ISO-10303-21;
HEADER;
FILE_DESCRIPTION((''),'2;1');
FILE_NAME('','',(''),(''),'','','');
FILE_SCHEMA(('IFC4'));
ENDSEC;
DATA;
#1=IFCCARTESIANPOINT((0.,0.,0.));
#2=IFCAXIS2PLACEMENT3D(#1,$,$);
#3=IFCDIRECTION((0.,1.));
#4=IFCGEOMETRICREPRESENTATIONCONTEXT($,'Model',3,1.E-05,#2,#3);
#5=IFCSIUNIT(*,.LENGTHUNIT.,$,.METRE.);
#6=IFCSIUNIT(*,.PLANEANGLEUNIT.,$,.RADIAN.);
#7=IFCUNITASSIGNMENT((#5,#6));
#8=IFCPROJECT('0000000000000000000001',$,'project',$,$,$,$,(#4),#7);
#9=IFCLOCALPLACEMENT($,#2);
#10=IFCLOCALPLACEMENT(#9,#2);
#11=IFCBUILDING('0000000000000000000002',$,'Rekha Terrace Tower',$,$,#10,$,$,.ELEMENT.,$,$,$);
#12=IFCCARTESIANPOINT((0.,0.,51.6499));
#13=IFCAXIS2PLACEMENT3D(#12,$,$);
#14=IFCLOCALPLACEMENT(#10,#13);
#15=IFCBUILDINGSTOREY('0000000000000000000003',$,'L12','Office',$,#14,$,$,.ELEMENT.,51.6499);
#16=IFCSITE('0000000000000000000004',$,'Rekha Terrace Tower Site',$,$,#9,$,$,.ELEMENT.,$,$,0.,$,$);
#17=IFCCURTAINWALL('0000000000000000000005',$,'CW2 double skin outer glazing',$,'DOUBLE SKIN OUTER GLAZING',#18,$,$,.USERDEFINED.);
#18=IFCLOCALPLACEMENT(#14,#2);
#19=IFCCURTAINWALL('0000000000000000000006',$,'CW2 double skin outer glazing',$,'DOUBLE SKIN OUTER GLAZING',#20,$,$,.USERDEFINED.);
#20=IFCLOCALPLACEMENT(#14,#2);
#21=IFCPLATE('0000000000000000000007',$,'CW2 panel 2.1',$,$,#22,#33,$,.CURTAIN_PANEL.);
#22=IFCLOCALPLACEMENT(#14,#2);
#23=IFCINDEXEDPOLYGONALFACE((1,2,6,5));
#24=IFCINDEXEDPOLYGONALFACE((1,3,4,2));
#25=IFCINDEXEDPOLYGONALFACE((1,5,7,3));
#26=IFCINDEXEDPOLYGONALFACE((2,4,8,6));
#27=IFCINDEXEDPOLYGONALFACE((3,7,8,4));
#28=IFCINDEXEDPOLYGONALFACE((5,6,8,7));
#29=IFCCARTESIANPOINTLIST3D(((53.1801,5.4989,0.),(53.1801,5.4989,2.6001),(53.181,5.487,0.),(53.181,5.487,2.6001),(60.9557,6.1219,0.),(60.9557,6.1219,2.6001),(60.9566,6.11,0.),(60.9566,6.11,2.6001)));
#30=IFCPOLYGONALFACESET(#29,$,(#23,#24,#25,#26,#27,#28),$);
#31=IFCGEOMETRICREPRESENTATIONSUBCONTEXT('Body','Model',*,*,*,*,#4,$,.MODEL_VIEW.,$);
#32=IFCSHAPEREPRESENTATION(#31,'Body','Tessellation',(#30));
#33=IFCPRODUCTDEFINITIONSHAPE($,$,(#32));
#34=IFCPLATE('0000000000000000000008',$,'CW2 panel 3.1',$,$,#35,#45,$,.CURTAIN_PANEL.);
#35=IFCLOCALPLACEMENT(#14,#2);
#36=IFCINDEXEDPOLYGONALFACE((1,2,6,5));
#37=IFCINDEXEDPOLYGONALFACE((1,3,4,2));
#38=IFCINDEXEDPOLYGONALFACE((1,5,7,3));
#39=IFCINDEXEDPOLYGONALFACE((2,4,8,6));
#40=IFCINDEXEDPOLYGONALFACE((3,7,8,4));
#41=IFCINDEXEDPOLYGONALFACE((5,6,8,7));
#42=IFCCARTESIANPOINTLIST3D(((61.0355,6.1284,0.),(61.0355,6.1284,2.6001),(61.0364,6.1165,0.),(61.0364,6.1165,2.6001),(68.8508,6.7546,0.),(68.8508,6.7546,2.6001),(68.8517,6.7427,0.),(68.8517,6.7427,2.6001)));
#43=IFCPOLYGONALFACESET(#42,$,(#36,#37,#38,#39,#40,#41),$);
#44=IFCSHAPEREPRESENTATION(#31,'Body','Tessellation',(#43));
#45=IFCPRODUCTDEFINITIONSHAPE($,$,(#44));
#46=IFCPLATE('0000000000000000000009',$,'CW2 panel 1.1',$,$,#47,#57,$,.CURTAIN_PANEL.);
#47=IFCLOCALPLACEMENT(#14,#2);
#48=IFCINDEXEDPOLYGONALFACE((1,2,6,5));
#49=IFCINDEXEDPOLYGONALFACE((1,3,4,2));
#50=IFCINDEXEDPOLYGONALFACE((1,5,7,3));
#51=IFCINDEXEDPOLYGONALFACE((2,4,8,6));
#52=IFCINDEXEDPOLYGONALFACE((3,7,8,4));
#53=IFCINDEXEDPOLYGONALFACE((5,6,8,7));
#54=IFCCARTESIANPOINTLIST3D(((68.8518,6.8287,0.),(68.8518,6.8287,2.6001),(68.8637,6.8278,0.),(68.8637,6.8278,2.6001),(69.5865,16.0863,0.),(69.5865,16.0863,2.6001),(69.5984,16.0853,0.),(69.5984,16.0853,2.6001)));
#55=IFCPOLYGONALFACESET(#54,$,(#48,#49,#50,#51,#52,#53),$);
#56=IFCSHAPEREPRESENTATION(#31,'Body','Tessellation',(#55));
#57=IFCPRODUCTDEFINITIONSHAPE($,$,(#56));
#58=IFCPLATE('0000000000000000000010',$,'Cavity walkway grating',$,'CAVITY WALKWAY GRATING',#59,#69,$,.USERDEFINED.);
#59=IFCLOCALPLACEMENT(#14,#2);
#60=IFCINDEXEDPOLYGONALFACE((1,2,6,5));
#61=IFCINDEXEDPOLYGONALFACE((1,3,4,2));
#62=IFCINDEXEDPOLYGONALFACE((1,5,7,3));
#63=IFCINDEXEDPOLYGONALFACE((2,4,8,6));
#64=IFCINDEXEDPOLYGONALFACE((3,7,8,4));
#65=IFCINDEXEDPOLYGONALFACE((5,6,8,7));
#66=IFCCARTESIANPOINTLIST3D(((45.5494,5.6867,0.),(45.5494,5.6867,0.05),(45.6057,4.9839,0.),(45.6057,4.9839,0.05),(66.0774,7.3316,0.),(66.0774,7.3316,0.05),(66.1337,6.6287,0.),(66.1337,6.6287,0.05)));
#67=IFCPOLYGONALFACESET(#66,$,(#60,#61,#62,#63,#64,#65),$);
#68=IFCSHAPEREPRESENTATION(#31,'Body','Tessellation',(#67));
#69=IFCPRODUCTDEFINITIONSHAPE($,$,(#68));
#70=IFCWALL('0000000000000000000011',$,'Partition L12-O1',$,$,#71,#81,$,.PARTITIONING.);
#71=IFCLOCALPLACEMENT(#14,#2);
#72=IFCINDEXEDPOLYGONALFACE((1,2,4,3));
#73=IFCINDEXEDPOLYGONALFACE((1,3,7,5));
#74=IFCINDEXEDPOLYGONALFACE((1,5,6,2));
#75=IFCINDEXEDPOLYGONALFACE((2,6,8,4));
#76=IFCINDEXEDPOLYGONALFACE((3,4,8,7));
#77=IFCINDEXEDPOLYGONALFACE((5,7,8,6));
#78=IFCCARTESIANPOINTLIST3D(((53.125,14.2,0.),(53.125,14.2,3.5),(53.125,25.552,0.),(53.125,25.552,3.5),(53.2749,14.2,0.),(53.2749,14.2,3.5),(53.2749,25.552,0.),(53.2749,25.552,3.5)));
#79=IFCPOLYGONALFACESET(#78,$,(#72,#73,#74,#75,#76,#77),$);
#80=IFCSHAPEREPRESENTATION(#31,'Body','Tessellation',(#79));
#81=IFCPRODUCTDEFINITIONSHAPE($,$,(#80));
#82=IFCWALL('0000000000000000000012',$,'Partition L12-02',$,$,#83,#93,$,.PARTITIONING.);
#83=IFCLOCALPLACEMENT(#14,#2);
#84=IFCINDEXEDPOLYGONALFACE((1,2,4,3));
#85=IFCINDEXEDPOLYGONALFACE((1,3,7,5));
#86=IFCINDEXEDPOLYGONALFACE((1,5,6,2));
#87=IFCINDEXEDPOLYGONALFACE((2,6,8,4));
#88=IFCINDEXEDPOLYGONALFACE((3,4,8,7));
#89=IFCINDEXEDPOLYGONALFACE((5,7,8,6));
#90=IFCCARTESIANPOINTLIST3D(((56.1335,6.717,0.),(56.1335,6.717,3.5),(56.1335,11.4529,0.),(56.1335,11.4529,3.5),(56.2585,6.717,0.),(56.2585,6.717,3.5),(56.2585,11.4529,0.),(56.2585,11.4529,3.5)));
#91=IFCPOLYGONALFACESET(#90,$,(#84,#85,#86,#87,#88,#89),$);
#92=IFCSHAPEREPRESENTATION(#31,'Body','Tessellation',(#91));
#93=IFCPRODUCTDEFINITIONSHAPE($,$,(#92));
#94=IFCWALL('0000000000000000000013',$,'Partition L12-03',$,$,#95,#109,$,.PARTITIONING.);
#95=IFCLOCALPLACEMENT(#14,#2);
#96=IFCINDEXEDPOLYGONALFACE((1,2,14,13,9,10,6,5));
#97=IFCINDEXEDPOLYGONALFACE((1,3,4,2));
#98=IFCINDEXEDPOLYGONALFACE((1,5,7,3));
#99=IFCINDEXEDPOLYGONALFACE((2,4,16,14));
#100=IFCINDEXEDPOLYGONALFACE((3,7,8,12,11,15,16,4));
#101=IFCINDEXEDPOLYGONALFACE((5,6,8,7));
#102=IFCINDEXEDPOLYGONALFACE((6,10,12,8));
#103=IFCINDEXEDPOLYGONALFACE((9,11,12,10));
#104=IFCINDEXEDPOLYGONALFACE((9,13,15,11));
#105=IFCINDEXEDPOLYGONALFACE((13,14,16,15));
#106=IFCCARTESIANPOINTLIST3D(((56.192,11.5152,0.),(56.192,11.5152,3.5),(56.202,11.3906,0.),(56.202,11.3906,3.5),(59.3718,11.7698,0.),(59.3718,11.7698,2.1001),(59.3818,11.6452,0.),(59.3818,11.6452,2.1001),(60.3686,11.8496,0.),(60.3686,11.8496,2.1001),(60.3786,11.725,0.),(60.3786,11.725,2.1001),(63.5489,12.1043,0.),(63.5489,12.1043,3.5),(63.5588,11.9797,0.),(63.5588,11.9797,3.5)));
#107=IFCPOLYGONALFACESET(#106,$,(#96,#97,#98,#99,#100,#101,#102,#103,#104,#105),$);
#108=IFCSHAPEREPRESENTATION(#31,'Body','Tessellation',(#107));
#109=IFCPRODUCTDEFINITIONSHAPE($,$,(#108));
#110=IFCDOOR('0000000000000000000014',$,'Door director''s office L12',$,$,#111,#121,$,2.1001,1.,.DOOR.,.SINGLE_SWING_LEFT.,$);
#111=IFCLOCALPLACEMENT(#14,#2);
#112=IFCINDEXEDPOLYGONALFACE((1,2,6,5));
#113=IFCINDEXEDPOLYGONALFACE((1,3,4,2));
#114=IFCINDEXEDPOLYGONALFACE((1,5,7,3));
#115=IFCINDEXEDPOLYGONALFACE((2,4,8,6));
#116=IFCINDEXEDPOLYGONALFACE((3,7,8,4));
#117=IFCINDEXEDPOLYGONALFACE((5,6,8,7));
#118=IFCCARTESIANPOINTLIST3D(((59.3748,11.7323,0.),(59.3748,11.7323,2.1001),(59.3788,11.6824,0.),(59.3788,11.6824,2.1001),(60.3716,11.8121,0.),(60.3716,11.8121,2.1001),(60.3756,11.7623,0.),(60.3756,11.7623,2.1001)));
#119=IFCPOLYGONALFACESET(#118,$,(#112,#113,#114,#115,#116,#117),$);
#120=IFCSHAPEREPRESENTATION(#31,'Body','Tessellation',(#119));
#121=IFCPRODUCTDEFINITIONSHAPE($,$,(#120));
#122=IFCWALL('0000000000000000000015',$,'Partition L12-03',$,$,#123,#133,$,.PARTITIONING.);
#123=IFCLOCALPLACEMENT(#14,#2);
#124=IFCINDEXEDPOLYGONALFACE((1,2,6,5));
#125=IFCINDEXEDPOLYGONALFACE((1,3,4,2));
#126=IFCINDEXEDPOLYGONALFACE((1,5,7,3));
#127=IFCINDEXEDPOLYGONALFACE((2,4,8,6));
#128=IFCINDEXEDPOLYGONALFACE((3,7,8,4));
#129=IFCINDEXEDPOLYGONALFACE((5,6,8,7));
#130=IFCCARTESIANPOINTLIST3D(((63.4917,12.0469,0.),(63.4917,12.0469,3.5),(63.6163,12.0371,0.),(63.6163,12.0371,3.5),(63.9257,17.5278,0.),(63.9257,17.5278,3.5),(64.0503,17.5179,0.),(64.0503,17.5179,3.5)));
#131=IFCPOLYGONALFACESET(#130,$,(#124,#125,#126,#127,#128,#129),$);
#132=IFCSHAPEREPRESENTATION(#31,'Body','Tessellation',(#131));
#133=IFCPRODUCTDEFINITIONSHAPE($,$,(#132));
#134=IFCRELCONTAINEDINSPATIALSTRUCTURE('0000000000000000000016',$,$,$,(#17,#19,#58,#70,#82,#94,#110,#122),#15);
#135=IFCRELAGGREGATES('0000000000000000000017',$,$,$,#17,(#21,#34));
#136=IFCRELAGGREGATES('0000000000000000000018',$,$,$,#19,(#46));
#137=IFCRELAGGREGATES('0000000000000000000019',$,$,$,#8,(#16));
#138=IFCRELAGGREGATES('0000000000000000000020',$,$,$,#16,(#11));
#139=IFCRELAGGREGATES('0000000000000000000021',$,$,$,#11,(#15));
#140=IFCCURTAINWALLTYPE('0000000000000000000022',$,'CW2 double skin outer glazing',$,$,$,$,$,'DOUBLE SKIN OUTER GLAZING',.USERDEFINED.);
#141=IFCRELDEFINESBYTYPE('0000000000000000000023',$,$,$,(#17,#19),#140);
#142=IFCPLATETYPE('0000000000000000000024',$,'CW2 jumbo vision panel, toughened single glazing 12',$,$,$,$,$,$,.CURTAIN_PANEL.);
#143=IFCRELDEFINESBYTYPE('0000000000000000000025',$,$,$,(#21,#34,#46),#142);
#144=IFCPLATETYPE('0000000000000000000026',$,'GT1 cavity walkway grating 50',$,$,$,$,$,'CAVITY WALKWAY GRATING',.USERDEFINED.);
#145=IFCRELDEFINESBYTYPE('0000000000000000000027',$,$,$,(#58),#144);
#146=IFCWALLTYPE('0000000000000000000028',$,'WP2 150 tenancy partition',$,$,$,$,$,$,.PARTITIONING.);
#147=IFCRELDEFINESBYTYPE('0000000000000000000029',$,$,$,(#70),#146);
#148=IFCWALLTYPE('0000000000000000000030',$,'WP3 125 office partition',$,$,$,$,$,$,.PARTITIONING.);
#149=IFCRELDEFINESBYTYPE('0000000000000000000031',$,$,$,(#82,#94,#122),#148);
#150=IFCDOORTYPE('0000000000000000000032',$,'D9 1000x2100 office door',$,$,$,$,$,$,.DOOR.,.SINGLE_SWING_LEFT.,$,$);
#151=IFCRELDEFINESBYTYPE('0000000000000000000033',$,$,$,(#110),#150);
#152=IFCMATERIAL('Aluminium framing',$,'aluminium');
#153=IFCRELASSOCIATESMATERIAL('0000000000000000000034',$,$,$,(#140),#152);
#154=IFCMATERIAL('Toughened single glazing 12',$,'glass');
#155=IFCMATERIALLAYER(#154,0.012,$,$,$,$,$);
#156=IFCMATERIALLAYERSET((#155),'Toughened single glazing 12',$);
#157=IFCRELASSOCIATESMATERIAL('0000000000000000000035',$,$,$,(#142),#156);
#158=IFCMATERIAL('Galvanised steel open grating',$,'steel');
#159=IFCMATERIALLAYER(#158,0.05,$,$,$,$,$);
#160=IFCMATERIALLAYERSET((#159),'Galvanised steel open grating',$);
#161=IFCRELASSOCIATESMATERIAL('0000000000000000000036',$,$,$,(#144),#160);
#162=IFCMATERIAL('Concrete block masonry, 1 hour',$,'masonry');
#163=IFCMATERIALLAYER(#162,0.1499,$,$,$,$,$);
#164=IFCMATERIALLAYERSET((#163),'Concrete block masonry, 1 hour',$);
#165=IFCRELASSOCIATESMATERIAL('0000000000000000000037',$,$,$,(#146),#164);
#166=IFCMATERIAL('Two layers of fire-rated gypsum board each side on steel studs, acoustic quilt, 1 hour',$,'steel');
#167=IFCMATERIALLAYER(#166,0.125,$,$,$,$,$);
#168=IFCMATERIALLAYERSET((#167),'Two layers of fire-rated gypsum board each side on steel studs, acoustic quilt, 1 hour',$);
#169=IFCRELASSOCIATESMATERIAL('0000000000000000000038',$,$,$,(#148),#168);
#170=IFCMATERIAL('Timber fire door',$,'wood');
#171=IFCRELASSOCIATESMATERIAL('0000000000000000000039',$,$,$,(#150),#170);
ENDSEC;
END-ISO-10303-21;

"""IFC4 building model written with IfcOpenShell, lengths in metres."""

from ifc_helpers import new_model, si_unit, direction, frame, frame_2d, origin, origin_2d, place, context, subcontext, project, spatial, rectangle, extrude, material, layer, layer_set, type_object, element, fill, aggregate, save


model = new_model("IFC4")

# Units and contexts
model_context = context("Model", 3, precision=1e-05, world=origin(), true_north=direction((0.0, 1.0)))
body_context = subcontext(model_context, "Body", "Model", "MODEL_VIEW")
ifc_project = project(units=[si_unit("LENGTHUNIT", "METRE"), si_unit("PLANEANGLEUNIT", "RADIAN")], contexts=[model_context])

# Site, building, storey
site_placement = place(None, origin())
site = spatial("IfcSite", under=ifc_project, at=site_placement, Name="Rekha Terrace Tower Site", CompositionType="ELEMENT", RefElevation=0.0)
building_placement = place(site_placement, origin())
building = spatial("IfcBuilding", under=site, at=building_placement, Name="Rekha Terrace Tower", CompositionType="ELEMENT")
storey_placement = place(building_placement, frame((0.0, 0.0, 51.6499)))
storey = spatial("IfcBuildingStorey", under=building, at=storey_placement, Name="L12", Description="Office", CompositionType="ELEMENT", Elevation=51.6499)

# Curtain wall
ifc_material_1 = material(Name="Aluminium framing", Category="aluminium")
curtain_wall_type_1 = type_object("IfcCurtainWallType", Name="CW2 double skin outer glazing", ElementType="DOUBLE SKIN OUTER GLAZING", PredefinedType="USERDEFINED", material=ifc_material_1)
curtain_wall_1_placement = place(storey_placement, origin())
curtain_wall_1 = element("IfcCurtainWall", 1, at=curtain_wall_1_placement, inside=storey, type_object=curtain_wall_type_1, Name="CW2 double skin outer glazing", ObjectType="DOUBLE SKIN OUTER GLAZING", PredefinedType="USERDEFINED")

# Curtain wall
curtain_wall_2_placement = place(storey_placement, origin())
curtain_wall_2 = element("IfcCurtainWall", 2, at=curtain_wall_2_placement, inside=storey, type_object=curtain_wall_type_1, Name="CW2 double skin outer glazing", ObjectType="DOUBLE SKIN OUTER GLAZING", PredefinedType="USERDEFINED")

# Plates
ifc_material_2 = material(Name="Toughened single glazing 12", Category="glass")
ifc_layer_1 = layer(ifc_material_2, 0.012)
ifc_layer_set_1 = layer_set([ifc_layer_1], Name="Toughened single glazing 12")
plate_type_1 = type_object("IfcPlateType", Name="CW2 jumbo vision panel, toughened single glazing 12", PredefinedType="CURTAIN_PANEL", material=ifc_layer_set_1)
plate_1_placement = place(storey_placement, frame((57.0684, 5.8044, 0.0), z_axis=(0.0, 0.0, 1.0), x_axis=(0.996805, 0.079872, 0.0)))
plate_1 = element("IfcPlate", 3, at=plate_1_placement, type_object=plate_type_1, Name="CW2 panel 2.1", PredefinedType="CURTAIN_PANEL", context=body_context, shape_type="SweptSolid", body=[
    extrude(rectangle(XDim=7.8005, YDim=0.012, at=origin_2d()), origin(), (0.0, 0.0, 1.0), 2.6001),
])
plate_2_placement = place(storey_placement, frame((64.9436, 6.4355, 0.0), z_axis=(0.0, 0.0, 1.0), x_axis=(0.996805, 0.079872, 0.0)))
plate_2 = element("IfcPlate", 4, at=plate_2_placement, type_object=plate_type_1, Name="CW2 panel 3.1", PredefinedType="CURTAIN_PANEL", context=body_context, shape_type="SweptSolid", body=[
    extrude(rectangle(XDim=7.8403, YDim=0.012, at=origin_2d()), origin(), (0.0, 0.0, 1.0), 2.6001),
])
aggregate(curtain_wall_1, [plate_1, plate_2])
plate_3_placement = place(storey_placement, frame((69.2251, 11.457, 0.0), z_axis=(0.0, 0.0, 1.0), x_axis=(0.079116, 0.996865, 0.0)))
plate_3 = element("IfcPlate", 5, at=plate_3_placement, type_object=plate_type_1, Name="CW2 panel 1.1", PredefinedType="CURTAIN_PANEL", context=body_context, shape_type="SweptSolid", body=[
    extrude(rectangle(XDim=9.2866, YDim=0.012, at=origin_2d()), origin(), (0.0, 0.0, 1.0), 2.6001),
])
aggregate(curtain_wall_2, [plate_3])
ifc_material_3 = material(Name="Galvanised steel open grating", Category="steel")
ifc_layer_2 = layer(ifc_material_3, 0.05)
ifc_layer_set_2 = layer_set([ifc_layer_2], Name="Galvanised steel open grating")
plate_type_2 = type_object("IfcPlateType", Name="GT1 cavity walkway grating 50", ElementType="CAVITY WALKWAY GRATING", PredefinedType="USERDEFINED", material=ifc_layer_set_2)
plate_4_placement = place(storey_placement, frame((55.8416, 6.1577, 0.0), z_axis=(0.0, 0.0, 1.0), x_axis=(0.996805, 0.079872, 0.0)))
element("IfcPlate", 6, at=plate_4_placement, inside=storey, type_object=plate_type_2, Name="Cavity walkway grating", ObjectType="CAVITY WALKWAY GRATING", PredefinedType="USERDEFINED", context=body_context, shape_type="SweptSolid", body=[
    extrude(rectangle(XDim=20.5938, YDim=0.7051, at=origin_2d()), origin(), (0.0, 0.0, 1.0), 0.05),
])

# Walls
ifc_material_4 = material(Name="Concrete block masonry, 1 hour", Category="masonry")
ifc_layer_3 = layer(ifc_material_4, 0.1499)
ifc_layer_set_3 = layer_set([ifc_layer_3], Name="Concrete block masonry, 1 hour")
wall_type_1 = type_object("IfcWallType", Name="WP2 150 tenancy partition", PredefinedType="PARTITIONING", material=ifc_layer_set_3)
wall_1_placement = place(storey_placement, frame((53.2, 14.2, 0.0), z_axis=(0.0, 0.0, 1.0), x_axis=(0.0, 1.0, 0.0)))
element("IfcWall", 7, at=wall_1_placement, inside=storey, type_object=wall_type_1, Name="Partition L12-O1", PredefinedType="PARTITIONING", context=body_context, shape_type="SweptSolid", body=[
    extrude(rectangle(XDim=11.3521, YDim=0.1499, at=frame_2d((5.676, 0.0))), origin(), (0.0, 0.0, 1.0), 3.5),
])
ifc_material_5 = material(Name="Two layers of fire-rated gypsum board each side on steel studs, acoustic quilt, 1 hour", Category="steel")
ifc_layer_4 = layer(ifc_material_5, 0.125)
ifc_layer_set_4 = layer_set([ifc_layer_4], Name="Two layers of fire-rated gypsum board each side on steel studs, acoustic quilt, 1 hour")
wall_type_2 = type_object("IfcWallType", Name="WP3 125 office partition", PredefinedType="PARTITIONING", material=ifc_layer_set_4)
wall_2_placement = place(storey_placement, frame((56.196, 11.4529, 0.0), z_axis=(0.0, 0.0, 1.0), x_axis=(0.0, -1.0, 0.0)))
element("IfcWall", 8, at=wall_2_placement, inside=storey, type_object=wall_type_2, Name="Partition L12-02", PredefinedType="PARTITIONING", context=body_context, shape_type="SweptSolid", body=[
    extrude(rectangle(XDim=4.7358, YDim=0.125, at=frame_2d((2.3679, 0.0))), origin(), (0.0, 0.0, 1.0), 3.5),
])

# Wall, opening, door
wall_3_placement = place(storey_placement, frame((56.197, 11.4529, 0.0), z_axis=(0.0, 0.0, 1.0), x_axis=(0.996809, 0.07982, 0.0)))
wall_3 = element("IfcWall", 9, at=wall_3_placement, inside=storey, type_object=wall_type_2, Name="Partition L12-03", PredefinedType="PARTITIONING", context=body_context, shape_type="SweptSolid", body=[
    extrude(rectangle(XDim=7.3804, YDim=0.125, at=frame_2d((3.6902, 0.0))), origin(), (0.0, 0.0, 1.0), 3.5),
])
opening_placement = place(wall_3_placement, frame((3.1899, 0.0, 0.0)))
opening = element("IfcOpeningElement", 10, at=opening_placement, cuts=wall_3, PredefinedType="OPENING", context=body_context, shape_type="SweptSolid", body=[
    extrude(rectangle(XDim=1.0, YDim=2.1001, at=frame_2d((0.5, 1.05))), frame((0.0, 0.0725, 0.0), z_axis=(0.0, -1.0, 0.0), x_axis=(1.0, 0.0, 0.0)), (0.0, 0.0, 1.0), 0.145),
])
ifc_material_6 = material(Name="Timber fire door", Category="wood")
door_type = type_object("IfcDoorType", Name="D9 1000x2100 office door", OperationType="SINGLE_SWING_LEFT", PredefinedType="DOOR", material=ifc_material_6)
door_placement = place(opening_placement, origin())
door = element("IfcDoor", 11, at=door_placement, inside=storey, type_object=door_type, Name="Door director's office L12", OperationType="SINGLE_SWING_LEFT", OverallHeight=2.1001, OverallWidth=1.0, PredefinedType="DOOR", context=body_context, shape_type="SweptSolid", body=[
    extrude(rectangle(XDim=1.0, YDim=2.1001, at=frame_2d((0.5, 1.05))), frame((0.0, 0.0249, 0.0), z_axis=(0.0, -1.0, 0.0), x_axis=(1.0, 0.0, 0.0)), (0.0, 0.0, 1.0), 0.05),
])
fill(opening, door)

# Wall
wall_4_placement = place(storey_placement, frame((63.554, 12.042, 0.0), z_axis=(0.0, 0.0, 1.0), x_axis=(0.078951, 0.996878, 0.0)))
element("IfcWall", 12, at=wall_4_placement, inside=storey, type_object=wall_type_2, Name="Partition L12-03", PredefinedType="PARTITIONING", context=body_context, shape_type="SweptSolid", body=[
    extrude(rectangle(XDim=5.498, YDim=0.125, at=frame_2d((2.749, 0.0))), origin(), (0.0, 0.0, 1.0), 3.5),
])

save(model, "model.ifc")
